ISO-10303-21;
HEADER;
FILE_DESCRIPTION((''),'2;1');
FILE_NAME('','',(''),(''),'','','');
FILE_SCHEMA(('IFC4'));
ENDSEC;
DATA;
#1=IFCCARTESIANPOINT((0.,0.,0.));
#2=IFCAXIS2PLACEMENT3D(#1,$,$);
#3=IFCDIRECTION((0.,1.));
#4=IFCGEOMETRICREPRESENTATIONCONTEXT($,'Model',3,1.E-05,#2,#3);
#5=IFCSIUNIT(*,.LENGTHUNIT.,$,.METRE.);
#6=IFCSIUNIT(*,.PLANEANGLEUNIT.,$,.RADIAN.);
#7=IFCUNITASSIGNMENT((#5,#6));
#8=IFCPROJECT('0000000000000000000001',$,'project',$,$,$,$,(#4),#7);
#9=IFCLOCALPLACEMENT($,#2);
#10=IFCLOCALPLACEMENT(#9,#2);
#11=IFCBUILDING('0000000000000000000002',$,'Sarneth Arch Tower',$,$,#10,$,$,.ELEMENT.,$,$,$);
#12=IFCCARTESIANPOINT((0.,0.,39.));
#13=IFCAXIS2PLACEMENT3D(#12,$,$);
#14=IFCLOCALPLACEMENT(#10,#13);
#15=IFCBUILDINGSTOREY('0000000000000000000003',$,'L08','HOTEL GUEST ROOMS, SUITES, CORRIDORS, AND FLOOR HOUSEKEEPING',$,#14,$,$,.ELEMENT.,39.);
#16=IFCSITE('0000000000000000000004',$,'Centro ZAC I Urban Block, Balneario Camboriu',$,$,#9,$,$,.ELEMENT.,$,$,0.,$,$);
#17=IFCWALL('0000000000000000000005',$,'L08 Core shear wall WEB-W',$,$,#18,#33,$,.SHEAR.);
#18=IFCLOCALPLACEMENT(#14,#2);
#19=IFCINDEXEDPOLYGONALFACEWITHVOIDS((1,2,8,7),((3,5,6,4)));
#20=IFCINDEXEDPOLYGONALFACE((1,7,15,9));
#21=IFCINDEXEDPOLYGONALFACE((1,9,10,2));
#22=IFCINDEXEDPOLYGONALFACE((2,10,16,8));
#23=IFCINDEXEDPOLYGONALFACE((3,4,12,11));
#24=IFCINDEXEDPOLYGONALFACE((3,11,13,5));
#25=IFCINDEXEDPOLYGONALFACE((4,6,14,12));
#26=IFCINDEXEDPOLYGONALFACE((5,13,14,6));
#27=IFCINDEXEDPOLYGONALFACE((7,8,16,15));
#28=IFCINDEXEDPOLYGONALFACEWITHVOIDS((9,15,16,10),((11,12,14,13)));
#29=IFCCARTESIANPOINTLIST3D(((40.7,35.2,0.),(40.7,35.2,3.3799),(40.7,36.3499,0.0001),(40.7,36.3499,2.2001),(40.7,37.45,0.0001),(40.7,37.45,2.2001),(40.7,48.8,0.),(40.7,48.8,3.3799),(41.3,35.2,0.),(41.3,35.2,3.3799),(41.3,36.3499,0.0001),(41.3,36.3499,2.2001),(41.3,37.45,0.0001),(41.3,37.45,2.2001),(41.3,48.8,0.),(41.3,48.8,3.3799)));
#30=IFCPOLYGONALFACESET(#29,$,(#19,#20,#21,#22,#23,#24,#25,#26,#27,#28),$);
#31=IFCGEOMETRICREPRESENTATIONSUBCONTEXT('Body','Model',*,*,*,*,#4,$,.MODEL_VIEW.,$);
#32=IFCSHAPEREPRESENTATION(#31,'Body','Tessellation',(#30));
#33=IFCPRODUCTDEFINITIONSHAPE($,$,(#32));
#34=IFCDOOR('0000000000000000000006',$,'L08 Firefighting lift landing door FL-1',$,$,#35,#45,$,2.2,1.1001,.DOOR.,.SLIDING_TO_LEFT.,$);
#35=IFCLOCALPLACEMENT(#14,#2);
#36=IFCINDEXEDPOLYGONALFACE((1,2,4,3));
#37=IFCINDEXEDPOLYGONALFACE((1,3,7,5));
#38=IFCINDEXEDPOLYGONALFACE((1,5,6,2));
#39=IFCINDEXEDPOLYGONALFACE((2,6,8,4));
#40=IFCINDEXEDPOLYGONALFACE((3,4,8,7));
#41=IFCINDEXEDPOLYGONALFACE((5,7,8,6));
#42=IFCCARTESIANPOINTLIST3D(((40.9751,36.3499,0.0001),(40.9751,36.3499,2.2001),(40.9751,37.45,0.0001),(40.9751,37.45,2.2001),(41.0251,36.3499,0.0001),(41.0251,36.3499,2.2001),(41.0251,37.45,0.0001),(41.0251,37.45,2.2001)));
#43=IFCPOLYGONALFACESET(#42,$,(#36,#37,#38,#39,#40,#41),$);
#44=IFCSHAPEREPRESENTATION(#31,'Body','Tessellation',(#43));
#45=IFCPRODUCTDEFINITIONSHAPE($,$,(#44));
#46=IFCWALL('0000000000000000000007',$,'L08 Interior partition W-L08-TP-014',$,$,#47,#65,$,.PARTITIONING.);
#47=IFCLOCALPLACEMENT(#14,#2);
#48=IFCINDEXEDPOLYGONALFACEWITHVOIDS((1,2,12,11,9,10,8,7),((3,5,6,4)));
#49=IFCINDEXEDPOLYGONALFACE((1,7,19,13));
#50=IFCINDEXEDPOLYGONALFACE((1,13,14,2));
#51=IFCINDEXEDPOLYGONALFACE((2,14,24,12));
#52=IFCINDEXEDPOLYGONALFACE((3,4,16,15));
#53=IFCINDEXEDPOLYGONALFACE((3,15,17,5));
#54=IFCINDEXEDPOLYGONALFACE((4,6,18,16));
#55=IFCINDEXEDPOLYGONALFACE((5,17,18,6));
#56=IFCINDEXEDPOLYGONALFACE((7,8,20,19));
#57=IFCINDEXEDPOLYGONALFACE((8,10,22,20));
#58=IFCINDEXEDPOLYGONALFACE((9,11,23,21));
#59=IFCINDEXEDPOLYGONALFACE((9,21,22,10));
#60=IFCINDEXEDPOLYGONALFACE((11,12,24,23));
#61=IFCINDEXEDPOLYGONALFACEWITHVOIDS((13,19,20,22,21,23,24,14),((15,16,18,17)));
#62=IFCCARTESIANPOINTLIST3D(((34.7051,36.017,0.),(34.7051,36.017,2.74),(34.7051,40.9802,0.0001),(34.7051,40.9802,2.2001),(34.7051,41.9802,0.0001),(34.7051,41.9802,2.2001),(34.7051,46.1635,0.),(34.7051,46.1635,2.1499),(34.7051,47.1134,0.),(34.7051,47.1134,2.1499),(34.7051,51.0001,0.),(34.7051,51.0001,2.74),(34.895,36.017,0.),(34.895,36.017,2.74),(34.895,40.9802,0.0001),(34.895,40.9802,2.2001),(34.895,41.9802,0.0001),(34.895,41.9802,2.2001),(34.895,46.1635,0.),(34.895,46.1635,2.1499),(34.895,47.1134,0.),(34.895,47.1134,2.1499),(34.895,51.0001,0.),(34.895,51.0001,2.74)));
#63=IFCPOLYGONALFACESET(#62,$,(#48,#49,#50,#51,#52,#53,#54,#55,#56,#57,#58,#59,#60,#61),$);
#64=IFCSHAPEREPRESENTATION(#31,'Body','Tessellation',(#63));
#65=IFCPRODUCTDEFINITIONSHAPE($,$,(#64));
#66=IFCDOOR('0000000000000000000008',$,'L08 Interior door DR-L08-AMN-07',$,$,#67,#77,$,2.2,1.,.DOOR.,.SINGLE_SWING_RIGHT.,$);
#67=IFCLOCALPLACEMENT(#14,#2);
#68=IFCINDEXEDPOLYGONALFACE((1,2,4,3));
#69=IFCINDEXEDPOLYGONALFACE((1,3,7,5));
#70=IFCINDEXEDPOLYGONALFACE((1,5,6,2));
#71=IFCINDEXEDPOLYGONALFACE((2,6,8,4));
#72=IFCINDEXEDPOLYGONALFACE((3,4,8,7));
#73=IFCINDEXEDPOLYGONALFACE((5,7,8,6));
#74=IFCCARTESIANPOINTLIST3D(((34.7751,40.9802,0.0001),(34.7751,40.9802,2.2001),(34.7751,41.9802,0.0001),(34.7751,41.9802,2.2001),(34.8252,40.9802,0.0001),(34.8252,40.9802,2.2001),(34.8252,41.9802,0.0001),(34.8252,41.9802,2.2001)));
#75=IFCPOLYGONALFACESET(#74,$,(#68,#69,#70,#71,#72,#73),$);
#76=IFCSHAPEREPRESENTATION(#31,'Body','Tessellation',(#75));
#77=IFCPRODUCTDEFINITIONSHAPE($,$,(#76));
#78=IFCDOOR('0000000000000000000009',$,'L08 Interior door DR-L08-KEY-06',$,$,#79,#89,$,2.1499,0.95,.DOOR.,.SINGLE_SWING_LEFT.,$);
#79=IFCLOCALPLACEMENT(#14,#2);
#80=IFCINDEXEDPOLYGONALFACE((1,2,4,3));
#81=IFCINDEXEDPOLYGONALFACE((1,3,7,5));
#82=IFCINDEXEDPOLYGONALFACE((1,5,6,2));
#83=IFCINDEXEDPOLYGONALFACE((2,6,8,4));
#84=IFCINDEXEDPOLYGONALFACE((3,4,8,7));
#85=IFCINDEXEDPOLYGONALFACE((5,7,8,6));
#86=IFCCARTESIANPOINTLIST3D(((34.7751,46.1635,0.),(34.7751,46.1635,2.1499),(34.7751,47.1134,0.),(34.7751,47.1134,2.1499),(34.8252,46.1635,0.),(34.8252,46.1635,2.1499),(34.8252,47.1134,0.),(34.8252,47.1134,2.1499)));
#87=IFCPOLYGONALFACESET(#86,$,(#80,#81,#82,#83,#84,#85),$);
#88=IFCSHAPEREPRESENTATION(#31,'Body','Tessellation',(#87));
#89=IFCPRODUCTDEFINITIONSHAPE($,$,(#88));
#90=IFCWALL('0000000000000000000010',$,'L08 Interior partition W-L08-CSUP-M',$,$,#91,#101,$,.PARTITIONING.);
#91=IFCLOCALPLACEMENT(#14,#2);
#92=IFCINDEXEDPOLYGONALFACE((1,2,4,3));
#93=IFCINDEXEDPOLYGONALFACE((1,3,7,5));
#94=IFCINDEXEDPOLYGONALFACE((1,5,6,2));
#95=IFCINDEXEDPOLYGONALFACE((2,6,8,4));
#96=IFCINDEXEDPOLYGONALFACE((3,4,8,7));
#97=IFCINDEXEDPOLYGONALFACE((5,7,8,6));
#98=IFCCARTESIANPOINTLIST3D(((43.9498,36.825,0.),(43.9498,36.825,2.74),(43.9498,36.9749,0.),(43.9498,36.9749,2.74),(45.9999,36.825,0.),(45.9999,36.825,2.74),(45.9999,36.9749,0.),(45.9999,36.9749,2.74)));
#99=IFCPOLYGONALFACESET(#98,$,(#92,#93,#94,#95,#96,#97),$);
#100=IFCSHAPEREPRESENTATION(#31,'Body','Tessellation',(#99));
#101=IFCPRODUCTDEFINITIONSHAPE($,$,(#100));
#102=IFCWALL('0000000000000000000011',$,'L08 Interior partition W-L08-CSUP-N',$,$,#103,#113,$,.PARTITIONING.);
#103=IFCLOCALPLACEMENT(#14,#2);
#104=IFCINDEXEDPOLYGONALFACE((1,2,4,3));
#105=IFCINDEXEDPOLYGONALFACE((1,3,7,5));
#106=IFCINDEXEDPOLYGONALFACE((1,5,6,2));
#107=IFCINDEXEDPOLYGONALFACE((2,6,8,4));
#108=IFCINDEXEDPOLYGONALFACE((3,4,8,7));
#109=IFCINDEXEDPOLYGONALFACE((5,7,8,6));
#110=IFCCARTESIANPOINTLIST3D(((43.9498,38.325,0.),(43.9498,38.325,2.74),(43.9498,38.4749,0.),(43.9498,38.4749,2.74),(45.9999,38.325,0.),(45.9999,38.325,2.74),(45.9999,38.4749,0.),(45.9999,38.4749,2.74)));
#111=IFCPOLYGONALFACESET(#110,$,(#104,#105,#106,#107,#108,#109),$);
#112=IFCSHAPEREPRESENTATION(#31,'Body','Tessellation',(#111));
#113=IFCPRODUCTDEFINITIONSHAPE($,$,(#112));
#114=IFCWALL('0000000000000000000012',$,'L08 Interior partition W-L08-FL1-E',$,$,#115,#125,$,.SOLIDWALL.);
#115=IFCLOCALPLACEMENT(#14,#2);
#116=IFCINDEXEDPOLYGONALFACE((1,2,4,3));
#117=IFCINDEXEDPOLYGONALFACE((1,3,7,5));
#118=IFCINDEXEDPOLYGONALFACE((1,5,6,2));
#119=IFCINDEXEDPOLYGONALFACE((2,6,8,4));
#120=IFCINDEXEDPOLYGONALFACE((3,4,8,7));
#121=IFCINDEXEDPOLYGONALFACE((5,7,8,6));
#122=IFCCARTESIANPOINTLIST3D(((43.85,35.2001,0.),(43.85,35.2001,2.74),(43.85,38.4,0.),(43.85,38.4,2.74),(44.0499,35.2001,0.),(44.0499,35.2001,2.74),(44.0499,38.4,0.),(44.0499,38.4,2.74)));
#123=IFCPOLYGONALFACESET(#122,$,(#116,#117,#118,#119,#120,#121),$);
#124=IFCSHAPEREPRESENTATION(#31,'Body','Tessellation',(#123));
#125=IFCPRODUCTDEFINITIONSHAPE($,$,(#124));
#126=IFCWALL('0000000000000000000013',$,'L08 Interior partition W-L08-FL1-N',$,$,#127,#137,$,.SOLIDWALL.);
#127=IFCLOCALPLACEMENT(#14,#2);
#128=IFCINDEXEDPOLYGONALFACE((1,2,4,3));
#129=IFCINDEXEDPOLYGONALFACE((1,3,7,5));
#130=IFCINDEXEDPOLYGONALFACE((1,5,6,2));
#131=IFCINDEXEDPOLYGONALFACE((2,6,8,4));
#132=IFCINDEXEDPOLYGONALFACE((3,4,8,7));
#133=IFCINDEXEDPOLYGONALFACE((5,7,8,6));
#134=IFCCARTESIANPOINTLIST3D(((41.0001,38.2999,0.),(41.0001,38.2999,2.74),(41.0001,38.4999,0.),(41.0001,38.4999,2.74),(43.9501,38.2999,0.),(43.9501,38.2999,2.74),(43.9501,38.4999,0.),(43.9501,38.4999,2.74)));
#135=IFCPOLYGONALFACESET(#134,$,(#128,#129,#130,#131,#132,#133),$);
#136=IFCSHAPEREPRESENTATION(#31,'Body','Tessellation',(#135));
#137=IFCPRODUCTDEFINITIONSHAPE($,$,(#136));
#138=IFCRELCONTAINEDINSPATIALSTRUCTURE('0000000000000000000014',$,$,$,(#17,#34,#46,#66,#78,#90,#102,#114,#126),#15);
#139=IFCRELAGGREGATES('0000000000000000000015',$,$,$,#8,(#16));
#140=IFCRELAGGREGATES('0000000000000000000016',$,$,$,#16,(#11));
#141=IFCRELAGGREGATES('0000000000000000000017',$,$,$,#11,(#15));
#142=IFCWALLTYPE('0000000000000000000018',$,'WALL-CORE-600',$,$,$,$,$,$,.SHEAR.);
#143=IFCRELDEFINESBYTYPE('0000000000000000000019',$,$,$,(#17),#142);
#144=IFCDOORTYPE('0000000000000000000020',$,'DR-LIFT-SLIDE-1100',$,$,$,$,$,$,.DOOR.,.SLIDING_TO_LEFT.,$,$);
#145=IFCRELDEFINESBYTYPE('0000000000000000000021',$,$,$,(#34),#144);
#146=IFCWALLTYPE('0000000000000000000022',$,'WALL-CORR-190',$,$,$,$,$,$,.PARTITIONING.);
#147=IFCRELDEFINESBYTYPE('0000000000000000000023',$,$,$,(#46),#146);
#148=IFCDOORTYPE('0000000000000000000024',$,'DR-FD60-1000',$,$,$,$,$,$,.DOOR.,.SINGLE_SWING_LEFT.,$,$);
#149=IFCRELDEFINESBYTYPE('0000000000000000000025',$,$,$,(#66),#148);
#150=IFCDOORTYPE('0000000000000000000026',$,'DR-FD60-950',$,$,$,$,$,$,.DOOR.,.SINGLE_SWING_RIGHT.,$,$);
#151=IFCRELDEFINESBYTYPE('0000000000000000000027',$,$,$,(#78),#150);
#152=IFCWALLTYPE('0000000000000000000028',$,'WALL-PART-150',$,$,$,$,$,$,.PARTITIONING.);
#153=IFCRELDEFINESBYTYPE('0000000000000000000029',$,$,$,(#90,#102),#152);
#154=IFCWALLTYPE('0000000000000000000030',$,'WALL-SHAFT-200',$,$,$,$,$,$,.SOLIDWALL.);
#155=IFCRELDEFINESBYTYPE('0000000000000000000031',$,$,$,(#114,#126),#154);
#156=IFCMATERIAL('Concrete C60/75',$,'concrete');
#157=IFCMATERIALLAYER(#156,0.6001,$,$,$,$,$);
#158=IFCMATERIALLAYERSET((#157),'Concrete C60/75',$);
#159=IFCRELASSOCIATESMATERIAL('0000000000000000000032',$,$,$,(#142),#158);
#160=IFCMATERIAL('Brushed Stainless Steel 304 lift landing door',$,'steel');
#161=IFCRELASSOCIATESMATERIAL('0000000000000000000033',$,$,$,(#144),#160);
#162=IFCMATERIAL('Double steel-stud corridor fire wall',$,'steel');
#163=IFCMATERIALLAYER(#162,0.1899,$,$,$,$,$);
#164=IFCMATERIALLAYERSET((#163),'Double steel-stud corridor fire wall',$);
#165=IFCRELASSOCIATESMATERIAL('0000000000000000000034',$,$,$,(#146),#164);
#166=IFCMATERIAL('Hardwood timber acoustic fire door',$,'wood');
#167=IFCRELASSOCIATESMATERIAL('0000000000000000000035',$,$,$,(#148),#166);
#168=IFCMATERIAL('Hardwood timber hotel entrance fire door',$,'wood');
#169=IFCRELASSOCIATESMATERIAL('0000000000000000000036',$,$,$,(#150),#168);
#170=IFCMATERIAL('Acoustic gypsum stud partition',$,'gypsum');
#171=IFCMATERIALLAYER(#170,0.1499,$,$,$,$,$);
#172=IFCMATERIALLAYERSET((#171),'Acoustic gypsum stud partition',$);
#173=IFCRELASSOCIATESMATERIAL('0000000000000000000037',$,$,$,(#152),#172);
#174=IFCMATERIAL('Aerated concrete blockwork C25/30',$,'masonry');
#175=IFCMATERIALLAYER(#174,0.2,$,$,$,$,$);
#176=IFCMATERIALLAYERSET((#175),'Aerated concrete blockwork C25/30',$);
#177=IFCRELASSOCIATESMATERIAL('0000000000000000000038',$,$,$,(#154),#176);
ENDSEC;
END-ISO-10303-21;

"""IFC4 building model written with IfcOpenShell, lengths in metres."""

from ifc_helpers import new_model, si_unit, direction, frame, frame_2d, origin, place, context, subcontext, project, spatial, rectangle, extrude, material, layer, layer_set, type_object, element, fill, save


model = new_model("IFC4")

# Units and contexts
model_context = context("Model", 3, precision=1e-05, world=origin(), true_north=direction((0.0, 1.0)))
body_context = subcontext(model_context, "Body", "Model", "MODEL_VIEW")
ifc_project = project(units=[si_unit("LENGTHUNIT", "METRE"), si_unit("PLANEANGLEUNIT", "RADIAN")], contexts=[model_context])

# Site, building, storey
site_placement = place(None, origin())
site = spatial("IfcSite", under=ifc_project, at=site_placement, Name="Centro ZAC I Urban Block, Balneario Camboriu", CompositionType="ELEMENT", RefElevation=0.0)
building_placement = place(site_placement, origin())
building = spatial("IfcBuilding", under=site, at=building_placement, Name="Sarneth Arch Tower", CompositionType="ELEMENT")
storey_placement = place(building_placement, frame((0.0, 0.0, 39.0)))
storey = spatial("IfcBuildingStorey", under=building, at=storey_placement, Name="L08", Description="HOTEL GUEST ROOMS, SUITES, CORRIDORS, AND FLOOR HOUSEKEEPING", CompositionType="ELEMENT", Elevation=39.0)

# Shared definitions
ifc_material_1 = material(Name="Concrete C60/75", Category="concrete")
ifc_layer_1 = layer(ifc_material_1, 0.6001)
ifc_layer_set_1 = layer_set([ifc_layer_1], Name="Concrete C60/75")
wall_type_1 = type_object("IfcWallType", Name="WALL-CORE-600", PredefinedType="SHEAR", material=ifc_layer_set_1)

# Wall, opening, door
wall_1_placement = place(storey_placement, frame((41.0, 35.2, 0.0), z_axis=(0.0, 0.0, 1.0), x_axis=(0.0, 1.0, 0.0)))
wall_1 = element("IfcWall", 1, at=wall_1_placement, inside=storey, type_object=wall_type_1, Name="L08 Core shear wall WEB-W", PredefinedType="SHEAR", context=body_context, shape_type="SweptSolid", body=[
    extrude(rectangle(XDim=13.6001, YDim=0.6001, at=frame_2d((6.8, 0.0))), origin(), (0.0, 0.0, 1.0), 3.3799),
])
opening_1_placement = place(wall_1_placement, frame((1.1499, 0.0, 0.0)))
opening_1 = element("IfcOpeningElement", 2, at=opening_1_placement, cuts=wall_1, PredefinedType="OPENING", context=body_context, shape_type="SweptSolid", body=[
    extrude(rectangle(XDim=1.1001, YDim=2.2, at=frame_2d((0.55, 1.1001))), frame((0.0, 0.3101, 0.0), z_axis=(0.0, -1.0, 0.0), x_axis=(1.0, 0.0, 0.0)), (0.0, 0.0, 1.0), 0.6201),
])
ifc_material_2 = material(Name="Brushed Stainless Steel 304 lift landing door", Category="steel")
door_type_1 = type_object("IfcDoorType", Name="DR-LIFT-SLIDE-1100", OperationType="SLIDING_TO_LEFT", PredefinedType="DOOR", material=ifc_material_2)
door_1_placement = place(opening_1_placement, origin())
door_1 = element("IfcDoor", 3, at=door_1_placement, inside=storey, type_object=door_type_1, Name="L08 Firefighting lift landing door FL-1", OperationType="SLIDING_TO_LEFT", OverallHeight=2.2, OverallWidth=1.1001, PredefinedType="DOOR", context=body_context, shape_type="SweptSolid", body=[
    extrude(rectangle(XDim=1.1001, YDim=2.2, at=frame_2d((0.55, 1.1001))), frame((0.0, 0.0249, 0.0), z_axis=(0.0, -1.0, 0.0), x_axis=(1.0, 0.0, 0.0)), (0.0, 0.0, 1.0), 0.05),
])
fill(opening_1, door_1)

# Wall, openings, doors
ifc_material_3 = material(Name="Double steel-stud corridor fire wall", Category="steel")
ifc_layer_2 = layer(ifc_material_3, 0.1899)
ifc_layer_set_2 = layer_set([ifc_layer_2], Name="Double steel-stud corridor fire wall")
wall_type_2 = type_object("IfcWallType", Name="WALL-CORR-190", PredefinedType="PARTITIONING", material=ifc_layer_set_2)
wall_2_placement = place(storey_placement, frame((34.8, 36.0168, 0.0), z_axis=(0.0, 0.0, 1.0), x_axis=(0.0, 1.0, 0.0)))
wall_2 = element("IfcWall", 4, at=wall_2_placement, inside=storey, type_object=wall_type_2, Name="L08 Interior partition W-L08-TP-014", PredefinedType="PARTITIONING", context=body_context, shape_type="SweptSolid", body=[
    extrude(rectangle(XDim=14.9832, YDim=0.1899, at=frame_2d((7.4917, 0.0))), origin(), (0.0, 0.0, 1.0), 2.74),
])
opening_2_placement = place(wall_2_placement, frame((4.9634, 0.0, 0.0)))
opening_2 = element("IfcOpeningElement", 5, at=opening_2_placement, cuts=wall_2, PredefinedType="OPENING", context=body_context, shape_type="SweptSolid", body=[
    extrude(rectangle(XDim=1.0, YDim=2.2, at=frame_2d((0.5, 1.1001))), frame((0.0, 0.105, 0.0), z_axis=(0.0, -1.0, 0.0), x_axis=(1.0, 0.0, 0.0)), (0.0, 0.0, 1.0), 0.21),
])
opening_3_placement = place(wall_2_placement, frame((10.1465, 0.0, 0.0)))
opening_3 = element("IfcOpeningElement", 6, at=opening_3_placement, cuts=wall_2, PredefinedType="OPENING", context=body_context, shape_type="SweptSolid", body=[
    extrude(rectangle(XDim=0.95, YDim=2.1499, at=frame_2d((0.4751, 1.075))), frame((0.0, 0.105, 0.0), z_axis=(0.0, -1.0, 0.0), x_axis=(1.0, 0.0, 0.0)), (0.0, 0.0, 1.0), 0.21),
])
ifc_material_4 = material(Name="Hardwood timber acoustic fire door", Category="wood")
door_type_2 = type_object("IfcDoorType", Name="DR-FD60-1000", OperationType="SINGLE_SWING_LEFT", PredefinedType="DOOR", material=ifc_material_4)
door_2_placement = place(opening_2_placement, origin())
door_2 = element("IfcDoor", 7, at=door_2_placement, inside=storey, type_object=door_type_2, Name="L08 Interior door DR-L08-AMN-07", OperationType="SINGLE_SWING_RIGHT", OverallHeight=2.2, OverallWidth=1.0, PredefinedType="DOOR", context=body_context, shape_type="SweptSolid", body=[
    extrude(rectangle(XDim=1.0, YDim=2.2, at=frame_2d((0.5, 1.1001))), frame((0.0, 0.0249, 0.0), z_axis=(0.0, -1.0, 0.0), x_axis=(1.0, 0.0, 0.0)), (0.0, 0.0, 1.0), 0.05),
])
fill(opening_2, door_2)
ifc_material_5 = material(Name="Hardwood timber hotel entrance fire door", Category="wood")
door_type_3 = type_object("IfcDoorType", Name="DR-FD60-950", OperationType="SINGLE_SWING_RIGHT", PredefinedType="DOOR", material=ifc_material_5)
door_3_placement = place(opening_3_placement, origin())
door_3 = element("IfcDoor", 8, at=door_3_placement, inside=storey, type_object=door_type_3, Name="L08 Interior door DR-L08-KEY-06", OperationType="SINGLE_SWING_LEFT", OverallHeight=2.1499, OverallWidth=0.95, PredefinedType="DOOR", context=body_context, shape_type="SweptSolid", body=[
    extrude(rectangle(XDim=0.95, YDim=2.1499, at=frame_2d((0.4751, 1.075))), frame((0.0, 0.0249, 0.0), z_axis=(0.0, -1.0, 0.0), x_axis=(1.0, 0.0, 0.0)), (0.0, 0.0, 1.0), 0.05),
])
fill(opening_3, door_3)

# Walls
ifc_material_6 = material(Name="Acoustic gypsum stud partition", Category="gypsum")
ifc_layer_3 = layer(ifc_material_6, 0.1499)
ifc_layer_set_3 = layer_set([ifc_layer_3], Name="Acoustic gypsum stud partition")
wall_type_3 = type_object("IfcWallType", Name="WALL-PART-150", PredefinedType="PARTITIONING", material=ifc_layer_set_3)
for number, where, z_axis, x_axis, name in (
    (9, (43.95, 36.8999, 0.0), (0.0, 0.0, 1.0), (1.0, 0.0, 0.0), "L08 Interior partition W-L08-CSUP-M"),
    (10, (43.95, 38.3999, 0.0), (0.0, 0.0, 1.0), (1.0, 0.0, 0.0), "L08 Interior partition W-L08-CSUP-N"),
):
    element("IfcWall", number, at=place(storey_placement, frame(where, z_axis=z_axis, x_axis=x_axis)), inside=storey, type_object=wall_type_3, Name=name, PredefinedType="PARTITIONING", context=body_context, shape_type="SweptSolid", body=[
        extrude(rectangle(XDim=2.05, YDim=0.1499, at=frame_2d((1.0249, 0.0))), origin(), (0.0, 0.0, 1.0), 2.74),
    ])

# Shared definitions
ifc_material_7 = material(Name="Aerated concrete blockwork C25/30", Category="masonry")
ifc_layer_4 = layer(ifc_material_7, 0.2)
ifc_layer_set_4 = layer_set([ifc_layer_4], Name="Aerated concrete blockwork C25/30")
wall_type_4 = type_object("IfcWallType", Name="WALL-SHAFT-200", PredefinedType="SOLIDWALL", material=ifc_layer_set_4)

# Walls
wall_3_placement = place(storey_placement, frame((43.95, 35.2, 0.0), z_axis=(0.0, 0.0, 1.0), x_axis=(0.0, 1.0, 0.0)))
element("IfcWall", 11, at=wall_3_placement, inside=storey, type_object=wall_type_4, Name="L08 Interior partition W-L08-FL1-E", PredefinedType="SOLIDWALL", context=body_context, shape_type="SweptSolid", body=[
    extrude(rectangle(XDim=3.2, YDim=0.2, at=frame_2d((1.6001, 0.0))), origin(), (0.0, 0.0, 1.0), 2.74),
])
wall_4_placement = place(storey_placement, frame((41.0, 38.3999, 0.0), z_axis=(0.0, 0.0, 1.0), x_axis=(1.0, 0.0, 0.0)))
element("IfcWall", 12, at=wall_4_placement, inside=storey, type_object=wall_type_4, Name="L08 Interior partition W-L08-FL1-N", PredefinedType="SOLIDWALL", context=body_context, shape_type="SweptSolid", body=[
    extrude(rectangle(XDim=2.95, YDim=0.2, at=frame_2d((1.4751, 0.0))), origin(), (0.0, 0.0, 1.0), 2.74),
])

save(model, "model.ifc")
